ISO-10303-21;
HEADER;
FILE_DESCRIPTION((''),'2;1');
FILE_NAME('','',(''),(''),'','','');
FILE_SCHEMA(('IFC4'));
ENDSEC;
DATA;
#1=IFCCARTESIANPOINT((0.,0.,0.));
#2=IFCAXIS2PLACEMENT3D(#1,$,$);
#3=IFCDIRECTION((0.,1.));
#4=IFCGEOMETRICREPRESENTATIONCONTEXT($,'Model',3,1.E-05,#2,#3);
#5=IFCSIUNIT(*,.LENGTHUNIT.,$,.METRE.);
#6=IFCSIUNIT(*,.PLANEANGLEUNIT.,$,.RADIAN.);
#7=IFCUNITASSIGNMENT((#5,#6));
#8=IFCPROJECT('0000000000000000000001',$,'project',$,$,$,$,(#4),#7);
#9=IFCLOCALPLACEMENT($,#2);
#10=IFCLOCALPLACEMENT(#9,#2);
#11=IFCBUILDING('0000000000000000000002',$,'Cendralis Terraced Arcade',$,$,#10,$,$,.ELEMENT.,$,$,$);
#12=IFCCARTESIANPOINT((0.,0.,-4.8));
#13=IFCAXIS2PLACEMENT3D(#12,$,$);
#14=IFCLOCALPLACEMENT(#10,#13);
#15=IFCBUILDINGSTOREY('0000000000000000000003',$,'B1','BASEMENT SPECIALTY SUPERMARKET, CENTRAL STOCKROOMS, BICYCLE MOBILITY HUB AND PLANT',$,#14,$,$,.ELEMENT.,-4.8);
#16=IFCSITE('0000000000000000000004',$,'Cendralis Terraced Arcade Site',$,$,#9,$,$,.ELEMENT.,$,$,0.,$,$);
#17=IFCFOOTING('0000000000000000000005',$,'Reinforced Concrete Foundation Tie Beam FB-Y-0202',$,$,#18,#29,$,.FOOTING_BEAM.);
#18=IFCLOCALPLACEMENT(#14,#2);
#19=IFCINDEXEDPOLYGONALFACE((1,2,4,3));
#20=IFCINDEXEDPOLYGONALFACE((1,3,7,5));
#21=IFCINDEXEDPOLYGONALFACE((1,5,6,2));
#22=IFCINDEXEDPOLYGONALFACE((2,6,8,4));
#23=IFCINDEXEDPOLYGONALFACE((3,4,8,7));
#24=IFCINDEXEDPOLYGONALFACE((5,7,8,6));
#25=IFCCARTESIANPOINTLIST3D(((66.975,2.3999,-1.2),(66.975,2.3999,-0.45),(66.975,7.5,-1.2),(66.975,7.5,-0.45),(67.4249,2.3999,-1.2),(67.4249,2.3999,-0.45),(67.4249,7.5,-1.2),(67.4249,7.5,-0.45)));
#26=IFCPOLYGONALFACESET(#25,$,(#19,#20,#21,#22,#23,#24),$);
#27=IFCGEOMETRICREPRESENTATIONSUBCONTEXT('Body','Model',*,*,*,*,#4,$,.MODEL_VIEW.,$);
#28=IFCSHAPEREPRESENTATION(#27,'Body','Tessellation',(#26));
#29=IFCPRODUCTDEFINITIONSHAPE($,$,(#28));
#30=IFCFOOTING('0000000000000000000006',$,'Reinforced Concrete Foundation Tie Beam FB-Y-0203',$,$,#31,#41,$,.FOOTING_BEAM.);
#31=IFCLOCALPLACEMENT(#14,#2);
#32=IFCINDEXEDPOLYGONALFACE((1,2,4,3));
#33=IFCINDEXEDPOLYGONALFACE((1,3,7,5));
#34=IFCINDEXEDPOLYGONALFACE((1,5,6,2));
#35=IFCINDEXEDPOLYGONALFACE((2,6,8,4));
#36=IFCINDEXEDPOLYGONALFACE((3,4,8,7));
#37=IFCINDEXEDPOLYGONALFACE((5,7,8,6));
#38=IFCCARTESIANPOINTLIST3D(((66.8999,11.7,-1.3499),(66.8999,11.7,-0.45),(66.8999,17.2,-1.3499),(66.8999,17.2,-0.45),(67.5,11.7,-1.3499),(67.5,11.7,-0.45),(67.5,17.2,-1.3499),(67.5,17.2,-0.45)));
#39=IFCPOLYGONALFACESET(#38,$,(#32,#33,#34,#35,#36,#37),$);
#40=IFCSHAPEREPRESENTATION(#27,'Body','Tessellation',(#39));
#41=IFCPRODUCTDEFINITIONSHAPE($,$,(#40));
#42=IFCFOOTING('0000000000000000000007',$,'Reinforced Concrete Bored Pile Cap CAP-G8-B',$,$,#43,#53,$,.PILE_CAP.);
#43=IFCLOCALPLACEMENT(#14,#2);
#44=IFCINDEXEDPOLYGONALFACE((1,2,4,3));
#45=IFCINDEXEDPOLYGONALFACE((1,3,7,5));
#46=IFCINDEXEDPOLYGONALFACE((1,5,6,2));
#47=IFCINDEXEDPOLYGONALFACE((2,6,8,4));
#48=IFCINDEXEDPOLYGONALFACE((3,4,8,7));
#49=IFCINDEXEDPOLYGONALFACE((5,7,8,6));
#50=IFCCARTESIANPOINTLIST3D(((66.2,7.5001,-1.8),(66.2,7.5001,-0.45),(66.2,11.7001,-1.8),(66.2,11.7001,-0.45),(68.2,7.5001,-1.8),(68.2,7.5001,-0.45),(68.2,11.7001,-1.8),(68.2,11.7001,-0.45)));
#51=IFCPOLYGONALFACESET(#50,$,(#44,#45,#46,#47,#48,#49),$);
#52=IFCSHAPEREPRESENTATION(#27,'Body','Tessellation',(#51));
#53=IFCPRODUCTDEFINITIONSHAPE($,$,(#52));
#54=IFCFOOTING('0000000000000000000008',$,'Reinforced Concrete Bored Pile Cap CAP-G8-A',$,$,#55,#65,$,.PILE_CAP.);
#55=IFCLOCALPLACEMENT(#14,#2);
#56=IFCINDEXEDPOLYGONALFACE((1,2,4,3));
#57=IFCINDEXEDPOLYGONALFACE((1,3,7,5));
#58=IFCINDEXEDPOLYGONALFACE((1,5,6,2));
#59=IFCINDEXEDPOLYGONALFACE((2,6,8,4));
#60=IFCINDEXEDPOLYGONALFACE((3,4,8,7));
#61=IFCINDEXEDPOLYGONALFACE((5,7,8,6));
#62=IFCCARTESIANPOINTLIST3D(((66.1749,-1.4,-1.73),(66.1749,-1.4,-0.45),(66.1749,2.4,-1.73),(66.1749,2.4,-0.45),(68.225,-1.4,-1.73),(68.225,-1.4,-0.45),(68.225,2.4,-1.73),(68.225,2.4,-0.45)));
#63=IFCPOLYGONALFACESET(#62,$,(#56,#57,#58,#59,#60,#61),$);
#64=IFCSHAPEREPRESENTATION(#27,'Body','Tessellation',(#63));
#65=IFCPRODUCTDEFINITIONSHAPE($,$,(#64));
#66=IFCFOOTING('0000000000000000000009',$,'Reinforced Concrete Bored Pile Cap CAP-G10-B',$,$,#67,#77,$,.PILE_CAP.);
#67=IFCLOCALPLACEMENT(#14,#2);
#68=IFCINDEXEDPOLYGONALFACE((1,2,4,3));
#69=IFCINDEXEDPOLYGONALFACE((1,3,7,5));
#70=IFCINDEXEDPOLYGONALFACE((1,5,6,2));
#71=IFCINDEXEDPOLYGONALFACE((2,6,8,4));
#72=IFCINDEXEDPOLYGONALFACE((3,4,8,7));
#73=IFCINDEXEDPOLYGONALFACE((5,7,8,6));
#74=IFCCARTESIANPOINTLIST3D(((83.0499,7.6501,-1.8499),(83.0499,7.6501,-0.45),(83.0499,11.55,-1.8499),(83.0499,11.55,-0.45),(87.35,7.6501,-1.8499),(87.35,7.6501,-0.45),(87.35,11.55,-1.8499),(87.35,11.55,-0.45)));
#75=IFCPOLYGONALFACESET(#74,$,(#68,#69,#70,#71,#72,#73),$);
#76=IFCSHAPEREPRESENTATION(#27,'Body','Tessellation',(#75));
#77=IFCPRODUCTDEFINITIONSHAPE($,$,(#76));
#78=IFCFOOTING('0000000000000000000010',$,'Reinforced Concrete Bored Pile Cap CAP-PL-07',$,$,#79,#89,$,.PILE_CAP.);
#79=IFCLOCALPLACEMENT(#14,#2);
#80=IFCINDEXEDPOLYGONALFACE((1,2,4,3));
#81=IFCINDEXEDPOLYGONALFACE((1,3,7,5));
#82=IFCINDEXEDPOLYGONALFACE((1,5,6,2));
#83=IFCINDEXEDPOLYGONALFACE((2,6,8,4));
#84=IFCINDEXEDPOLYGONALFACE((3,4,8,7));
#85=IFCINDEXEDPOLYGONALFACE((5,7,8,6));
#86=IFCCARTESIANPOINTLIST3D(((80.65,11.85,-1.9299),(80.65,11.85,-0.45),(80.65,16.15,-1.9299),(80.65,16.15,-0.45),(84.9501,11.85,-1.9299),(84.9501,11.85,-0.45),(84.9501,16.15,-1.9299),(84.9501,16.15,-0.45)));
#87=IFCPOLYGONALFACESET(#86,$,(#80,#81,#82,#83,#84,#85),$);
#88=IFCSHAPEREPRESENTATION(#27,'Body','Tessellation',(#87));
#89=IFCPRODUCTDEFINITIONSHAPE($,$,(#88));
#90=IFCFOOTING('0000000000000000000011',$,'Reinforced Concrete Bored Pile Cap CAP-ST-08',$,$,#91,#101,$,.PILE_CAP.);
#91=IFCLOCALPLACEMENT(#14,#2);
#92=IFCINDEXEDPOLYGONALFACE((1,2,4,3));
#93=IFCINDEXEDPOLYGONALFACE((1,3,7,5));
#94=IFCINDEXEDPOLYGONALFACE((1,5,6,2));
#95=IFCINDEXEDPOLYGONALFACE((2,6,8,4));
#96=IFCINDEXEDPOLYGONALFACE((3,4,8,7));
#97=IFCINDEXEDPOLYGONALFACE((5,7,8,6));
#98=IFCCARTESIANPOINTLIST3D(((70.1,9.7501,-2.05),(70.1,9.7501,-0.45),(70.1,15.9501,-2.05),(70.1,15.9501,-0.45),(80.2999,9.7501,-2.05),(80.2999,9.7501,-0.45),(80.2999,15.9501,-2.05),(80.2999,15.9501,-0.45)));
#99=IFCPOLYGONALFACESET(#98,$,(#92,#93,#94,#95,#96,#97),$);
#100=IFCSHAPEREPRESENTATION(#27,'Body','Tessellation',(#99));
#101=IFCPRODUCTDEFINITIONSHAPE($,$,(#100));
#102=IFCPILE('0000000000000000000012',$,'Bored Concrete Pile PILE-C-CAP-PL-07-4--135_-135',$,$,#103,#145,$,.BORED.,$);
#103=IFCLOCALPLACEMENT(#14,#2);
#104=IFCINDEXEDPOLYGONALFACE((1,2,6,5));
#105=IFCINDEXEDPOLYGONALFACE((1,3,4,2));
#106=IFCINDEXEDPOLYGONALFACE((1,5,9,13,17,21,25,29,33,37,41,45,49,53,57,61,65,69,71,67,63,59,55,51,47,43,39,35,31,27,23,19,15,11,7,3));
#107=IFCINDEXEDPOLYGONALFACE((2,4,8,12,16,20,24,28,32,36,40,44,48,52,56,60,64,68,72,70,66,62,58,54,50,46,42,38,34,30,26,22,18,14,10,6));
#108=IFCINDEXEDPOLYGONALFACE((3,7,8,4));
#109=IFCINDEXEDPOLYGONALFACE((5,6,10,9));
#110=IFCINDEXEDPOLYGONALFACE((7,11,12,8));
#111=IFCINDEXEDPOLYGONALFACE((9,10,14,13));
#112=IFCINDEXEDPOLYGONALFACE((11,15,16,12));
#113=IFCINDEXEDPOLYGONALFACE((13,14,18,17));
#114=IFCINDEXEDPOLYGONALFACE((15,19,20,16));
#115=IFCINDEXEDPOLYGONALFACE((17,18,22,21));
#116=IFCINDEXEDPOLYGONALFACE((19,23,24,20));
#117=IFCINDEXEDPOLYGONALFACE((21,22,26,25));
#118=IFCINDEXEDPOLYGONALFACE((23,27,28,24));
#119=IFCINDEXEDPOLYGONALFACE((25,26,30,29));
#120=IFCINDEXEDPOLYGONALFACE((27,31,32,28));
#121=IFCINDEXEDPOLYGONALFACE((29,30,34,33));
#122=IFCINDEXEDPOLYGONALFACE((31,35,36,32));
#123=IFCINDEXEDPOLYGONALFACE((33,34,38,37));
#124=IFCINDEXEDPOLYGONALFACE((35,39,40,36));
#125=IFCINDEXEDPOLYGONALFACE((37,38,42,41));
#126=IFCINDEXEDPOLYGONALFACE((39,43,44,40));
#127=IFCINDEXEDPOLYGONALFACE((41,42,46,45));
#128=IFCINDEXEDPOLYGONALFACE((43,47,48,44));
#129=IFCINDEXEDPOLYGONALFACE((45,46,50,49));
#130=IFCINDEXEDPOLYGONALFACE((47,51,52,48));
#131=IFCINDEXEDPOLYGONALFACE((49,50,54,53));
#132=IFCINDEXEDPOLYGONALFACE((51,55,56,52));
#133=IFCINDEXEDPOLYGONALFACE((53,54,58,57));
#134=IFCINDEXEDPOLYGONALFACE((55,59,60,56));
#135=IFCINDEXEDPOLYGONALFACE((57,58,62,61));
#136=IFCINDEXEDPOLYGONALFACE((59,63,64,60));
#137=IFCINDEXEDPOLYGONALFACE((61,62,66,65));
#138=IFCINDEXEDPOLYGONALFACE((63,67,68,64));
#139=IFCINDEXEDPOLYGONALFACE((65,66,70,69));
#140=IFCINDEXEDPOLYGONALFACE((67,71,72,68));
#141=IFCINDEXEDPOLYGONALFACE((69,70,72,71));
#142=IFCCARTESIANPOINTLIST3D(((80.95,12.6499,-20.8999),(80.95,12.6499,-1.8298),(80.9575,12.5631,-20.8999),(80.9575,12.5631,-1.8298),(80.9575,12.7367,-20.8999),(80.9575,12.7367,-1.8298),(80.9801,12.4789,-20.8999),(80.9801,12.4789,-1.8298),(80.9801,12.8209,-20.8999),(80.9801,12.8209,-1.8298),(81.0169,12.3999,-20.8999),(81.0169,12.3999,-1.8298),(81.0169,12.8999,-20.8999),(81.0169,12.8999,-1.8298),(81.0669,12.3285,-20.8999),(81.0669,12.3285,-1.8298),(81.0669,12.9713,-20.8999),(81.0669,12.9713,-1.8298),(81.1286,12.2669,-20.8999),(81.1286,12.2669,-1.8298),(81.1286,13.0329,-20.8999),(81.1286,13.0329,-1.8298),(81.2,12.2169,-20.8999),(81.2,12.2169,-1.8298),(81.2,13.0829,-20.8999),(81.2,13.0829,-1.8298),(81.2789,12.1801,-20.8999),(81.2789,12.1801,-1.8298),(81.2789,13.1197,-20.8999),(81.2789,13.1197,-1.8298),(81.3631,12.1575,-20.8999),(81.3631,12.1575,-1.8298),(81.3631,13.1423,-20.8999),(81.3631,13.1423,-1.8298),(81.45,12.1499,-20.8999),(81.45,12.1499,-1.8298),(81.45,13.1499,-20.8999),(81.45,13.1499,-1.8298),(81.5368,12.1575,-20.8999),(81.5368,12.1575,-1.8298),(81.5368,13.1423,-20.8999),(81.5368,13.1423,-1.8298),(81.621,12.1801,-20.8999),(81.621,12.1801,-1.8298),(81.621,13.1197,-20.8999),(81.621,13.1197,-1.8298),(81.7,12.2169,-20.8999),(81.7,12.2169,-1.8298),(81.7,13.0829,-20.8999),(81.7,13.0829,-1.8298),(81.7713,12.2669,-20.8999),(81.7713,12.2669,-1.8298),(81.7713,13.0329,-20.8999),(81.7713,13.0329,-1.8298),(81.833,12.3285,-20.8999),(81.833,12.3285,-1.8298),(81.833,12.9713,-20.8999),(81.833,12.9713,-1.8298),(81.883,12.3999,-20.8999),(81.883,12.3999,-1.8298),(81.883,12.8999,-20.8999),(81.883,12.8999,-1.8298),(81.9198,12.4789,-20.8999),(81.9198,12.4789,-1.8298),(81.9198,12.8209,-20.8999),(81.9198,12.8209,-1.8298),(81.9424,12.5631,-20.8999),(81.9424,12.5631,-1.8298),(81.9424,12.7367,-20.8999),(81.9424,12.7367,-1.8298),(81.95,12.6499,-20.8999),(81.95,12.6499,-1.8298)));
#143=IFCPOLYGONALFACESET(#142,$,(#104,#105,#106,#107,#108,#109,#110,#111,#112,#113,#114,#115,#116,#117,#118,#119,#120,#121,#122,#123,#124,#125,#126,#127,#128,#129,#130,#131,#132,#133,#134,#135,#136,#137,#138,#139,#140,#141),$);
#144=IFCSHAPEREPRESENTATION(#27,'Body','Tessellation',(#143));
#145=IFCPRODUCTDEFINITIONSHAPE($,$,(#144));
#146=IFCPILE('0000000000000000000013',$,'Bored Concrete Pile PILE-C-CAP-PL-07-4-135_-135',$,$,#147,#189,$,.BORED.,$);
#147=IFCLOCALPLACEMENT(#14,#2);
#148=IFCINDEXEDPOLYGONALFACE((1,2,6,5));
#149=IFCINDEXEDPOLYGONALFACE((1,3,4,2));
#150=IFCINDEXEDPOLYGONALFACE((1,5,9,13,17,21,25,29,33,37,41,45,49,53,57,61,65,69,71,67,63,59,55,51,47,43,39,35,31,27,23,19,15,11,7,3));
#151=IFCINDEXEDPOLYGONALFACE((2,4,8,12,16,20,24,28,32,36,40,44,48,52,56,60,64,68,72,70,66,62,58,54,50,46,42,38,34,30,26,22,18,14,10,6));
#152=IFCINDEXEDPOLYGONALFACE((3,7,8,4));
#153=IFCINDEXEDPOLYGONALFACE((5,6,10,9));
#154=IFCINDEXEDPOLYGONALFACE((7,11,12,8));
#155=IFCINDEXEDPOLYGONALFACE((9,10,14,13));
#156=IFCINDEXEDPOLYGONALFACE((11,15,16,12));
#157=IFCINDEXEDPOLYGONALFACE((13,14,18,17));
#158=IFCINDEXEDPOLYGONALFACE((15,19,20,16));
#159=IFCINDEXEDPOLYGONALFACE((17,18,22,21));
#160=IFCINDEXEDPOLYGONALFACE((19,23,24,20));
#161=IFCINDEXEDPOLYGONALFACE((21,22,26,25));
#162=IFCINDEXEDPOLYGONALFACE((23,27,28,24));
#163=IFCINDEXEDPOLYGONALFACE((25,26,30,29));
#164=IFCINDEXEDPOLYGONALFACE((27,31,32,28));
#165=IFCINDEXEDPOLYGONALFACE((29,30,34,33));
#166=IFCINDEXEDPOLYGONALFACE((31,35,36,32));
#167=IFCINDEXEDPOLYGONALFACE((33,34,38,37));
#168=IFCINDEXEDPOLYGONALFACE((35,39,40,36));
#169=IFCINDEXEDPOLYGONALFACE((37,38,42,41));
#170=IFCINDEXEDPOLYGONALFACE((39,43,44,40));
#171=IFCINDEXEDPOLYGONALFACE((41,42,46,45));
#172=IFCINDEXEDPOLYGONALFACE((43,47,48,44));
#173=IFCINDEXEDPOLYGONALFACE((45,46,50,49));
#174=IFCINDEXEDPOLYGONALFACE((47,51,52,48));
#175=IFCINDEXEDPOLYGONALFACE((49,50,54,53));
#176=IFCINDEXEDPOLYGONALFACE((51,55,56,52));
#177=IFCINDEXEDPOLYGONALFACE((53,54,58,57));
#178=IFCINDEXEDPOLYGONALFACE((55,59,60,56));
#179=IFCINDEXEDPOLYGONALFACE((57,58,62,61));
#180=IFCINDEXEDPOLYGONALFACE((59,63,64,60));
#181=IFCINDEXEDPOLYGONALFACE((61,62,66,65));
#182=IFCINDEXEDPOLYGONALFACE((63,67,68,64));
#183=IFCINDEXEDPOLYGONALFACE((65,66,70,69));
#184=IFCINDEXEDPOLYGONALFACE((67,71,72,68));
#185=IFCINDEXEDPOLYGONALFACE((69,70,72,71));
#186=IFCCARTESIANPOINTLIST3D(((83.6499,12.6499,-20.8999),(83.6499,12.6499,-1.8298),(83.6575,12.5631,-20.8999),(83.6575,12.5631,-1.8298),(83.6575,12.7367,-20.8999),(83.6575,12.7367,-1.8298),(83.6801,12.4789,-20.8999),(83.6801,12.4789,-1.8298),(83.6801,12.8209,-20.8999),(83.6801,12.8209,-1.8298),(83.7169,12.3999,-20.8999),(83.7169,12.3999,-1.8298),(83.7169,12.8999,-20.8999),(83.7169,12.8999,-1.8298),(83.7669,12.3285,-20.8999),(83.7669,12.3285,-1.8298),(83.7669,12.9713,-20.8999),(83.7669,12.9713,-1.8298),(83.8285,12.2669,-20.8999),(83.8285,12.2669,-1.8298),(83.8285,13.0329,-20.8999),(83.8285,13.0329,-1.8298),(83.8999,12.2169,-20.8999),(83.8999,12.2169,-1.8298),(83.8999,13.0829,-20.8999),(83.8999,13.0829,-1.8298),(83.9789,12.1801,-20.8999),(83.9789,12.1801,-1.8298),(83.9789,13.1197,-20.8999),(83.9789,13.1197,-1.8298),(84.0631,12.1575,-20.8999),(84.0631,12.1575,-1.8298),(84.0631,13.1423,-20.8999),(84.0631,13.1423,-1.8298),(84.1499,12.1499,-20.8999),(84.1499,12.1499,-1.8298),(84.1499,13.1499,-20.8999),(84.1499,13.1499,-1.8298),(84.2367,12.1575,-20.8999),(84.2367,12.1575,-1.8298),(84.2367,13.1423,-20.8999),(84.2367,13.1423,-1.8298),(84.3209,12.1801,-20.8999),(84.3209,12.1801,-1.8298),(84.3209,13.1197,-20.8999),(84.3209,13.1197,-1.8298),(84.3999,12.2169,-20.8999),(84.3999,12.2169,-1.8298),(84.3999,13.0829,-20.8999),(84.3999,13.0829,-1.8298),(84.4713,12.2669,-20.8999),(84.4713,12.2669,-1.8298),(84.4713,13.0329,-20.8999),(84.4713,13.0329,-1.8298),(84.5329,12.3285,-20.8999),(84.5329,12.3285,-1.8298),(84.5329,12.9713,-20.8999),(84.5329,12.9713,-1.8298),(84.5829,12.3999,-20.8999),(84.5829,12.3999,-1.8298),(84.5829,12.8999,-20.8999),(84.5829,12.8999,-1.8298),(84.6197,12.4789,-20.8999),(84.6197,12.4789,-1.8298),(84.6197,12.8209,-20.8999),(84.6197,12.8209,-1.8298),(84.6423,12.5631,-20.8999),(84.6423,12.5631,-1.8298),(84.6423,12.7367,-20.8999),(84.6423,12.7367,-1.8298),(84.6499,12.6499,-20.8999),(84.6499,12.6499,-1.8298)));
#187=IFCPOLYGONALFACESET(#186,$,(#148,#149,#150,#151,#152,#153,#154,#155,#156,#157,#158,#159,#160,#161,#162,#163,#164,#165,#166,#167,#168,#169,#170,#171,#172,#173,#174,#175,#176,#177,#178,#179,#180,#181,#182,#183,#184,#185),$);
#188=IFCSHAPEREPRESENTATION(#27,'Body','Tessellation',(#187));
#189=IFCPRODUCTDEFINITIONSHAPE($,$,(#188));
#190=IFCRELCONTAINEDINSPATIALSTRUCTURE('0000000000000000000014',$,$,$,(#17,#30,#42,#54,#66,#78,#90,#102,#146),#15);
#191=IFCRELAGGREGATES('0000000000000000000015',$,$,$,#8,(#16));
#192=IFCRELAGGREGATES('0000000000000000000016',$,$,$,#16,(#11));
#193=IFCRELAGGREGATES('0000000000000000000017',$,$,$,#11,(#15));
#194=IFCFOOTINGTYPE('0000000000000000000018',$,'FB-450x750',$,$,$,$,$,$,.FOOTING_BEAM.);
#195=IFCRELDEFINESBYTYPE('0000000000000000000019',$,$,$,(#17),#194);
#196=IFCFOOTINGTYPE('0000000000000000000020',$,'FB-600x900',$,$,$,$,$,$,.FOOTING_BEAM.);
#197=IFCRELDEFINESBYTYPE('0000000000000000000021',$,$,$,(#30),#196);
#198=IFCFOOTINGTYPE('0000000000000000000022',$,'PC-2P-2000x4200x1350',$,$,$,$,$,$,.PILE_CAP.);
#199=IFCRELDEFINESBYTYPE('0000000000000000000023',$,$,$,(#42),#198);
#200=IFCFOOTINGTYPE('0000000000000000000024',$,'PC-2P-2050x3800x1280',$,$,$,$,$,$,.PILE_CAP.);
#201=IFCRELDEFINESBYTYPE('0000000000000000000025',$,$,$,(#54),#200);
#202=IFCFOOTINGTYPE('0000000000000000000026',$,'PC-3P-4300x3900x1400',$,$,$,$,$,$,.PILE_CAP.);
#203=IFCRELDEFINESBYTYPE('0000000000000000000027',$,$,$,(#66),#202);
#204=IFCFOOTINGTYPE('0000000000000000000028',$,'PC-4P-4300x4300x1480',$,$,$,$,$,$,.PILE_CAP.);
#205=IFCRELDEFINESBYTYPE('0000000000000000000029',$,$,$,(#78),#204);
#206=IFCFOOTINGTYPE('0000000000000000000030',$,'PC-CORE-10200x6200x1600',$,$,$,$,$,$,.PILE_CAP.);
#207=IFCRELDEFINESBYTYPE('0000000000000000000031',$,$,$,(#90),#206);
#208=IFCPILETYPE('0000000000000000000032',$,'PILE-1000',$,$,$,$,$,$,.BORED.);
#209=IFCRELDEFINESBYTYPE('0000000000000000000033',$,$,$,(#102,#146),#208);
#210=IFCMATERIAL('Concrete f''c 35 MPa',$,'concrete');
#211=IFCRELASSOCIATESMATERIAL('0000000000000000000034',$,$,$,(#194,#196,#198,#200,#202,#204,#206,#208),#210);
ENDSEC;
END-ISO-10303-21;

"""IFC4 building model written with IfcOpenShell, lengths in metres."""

from ifc_helpers import new_model, si_unit, direction, frame, origin, origin_2d, place, context, subcontext, project, spatial, rectangle, circle, extrude, material, material_profile, profile_set, type_object, element, save


model = new_model("IFC4")

# Units and contexts
model_context = context("Model", 3, precision=1e-05, world=origin(), true_north=direction((0.0, 1.0)))
body_context = subcontext(model_context, "Body", "Model", "MODEL_VIEW")
ifc_project = project(units=[si_unit("LENGTHUNIT", "METRE"), si_unit("PLANEANGLEUNIT", "RADIAN")], contexts=[model_context])

# Site, building, storey
site_placement = place(None, origin())
site = spatial("IfcSite", under=ifc_project, at=site_placement, Name="Cendralis Terraced Arcade Site", CompositionType="ELEMENT", RefElevation=0.0)
building_placement = place(site_placement, origin())
building = spatial("IfcBuilding", under=site, at=building_placement, Name="Cendralis Terraced Arcade", CompositionType="ELEMENT")
storey_placement = place(building_placement, frame((0.0, 0.0, -4.8)))
storey = spatial("IfcBuildingStorey", under=building, at=storey_placement, Name="B1", Description="BASEMENT SPECIALTY SUPERMARKET, CENTRAL STOCKROOMS, BICYCLE MOBILITY HUB AND PLANT", CompositionType="ELEMENT", Elevation=-4.8)

# Footings
ifc_material_1 = material(Name="Concrete f'c 35 MPa", Category="concrete")
ifc_material_profile_1 = material_profile(ifc_material_1, rectangle(XDim=0.45, YDim=0.75, at=origin_2d()), Name="FB-450x750", Category="LoadBearing")
ifc_profile_set_1 = profile_set([ifc_material_profile_1], Name="Concrete f'c 35 MPa")
footing_type_1 = type_object("IfcFootingType", Name="FB-450x750", PredefinedType="FOOTING_BEAM", material=ifc_profile_set_1)
footing_1_placement = place(storey_placement, frame((67.2, 2.3999, -0.825), z_axis=(0.0, 1.0, 0.0), x_axis=(-1.0, 0.0, 0.0)))
element("IfcFooting", 1, at=footing_1_placement, inside=storey, type_object=footing_type_1, Name="Reinforced Concrete Foundation Tie Beam FB-Y-0202", PredefinedType="FOOTING_BEAM", context=body_context, shape_type="SweptSolid", body=[
    extrude(rectangle(XDim=0.45, YDim=0.75, at=origin_2d()), origin(), (0.0, 0.0, 1.0), 5.1001),
])
ifc_material_profile_2 = material_profile(ifc_material_1, rectangle(XDim=0.6001, YDim=0.8999, at=origin_2d()), Name="FB-600x900", Category="LoadBearing")
ifc_profile_set_2 = profile_set([ifc_material_profile_2], Name="Concrete f'c 35 MPa")
footing_type_2 = type_object("IfcFootingType", Name="FB-600x900", PredefinedType="FOOTING_BEAM", material=ifc_profile_set_2)
footing_2_placement = place(storey_placement, frame((67.2, 11.7, -0.8999), z_axis=(0.0, 1.0, 0.0), x_axis=(-1.0, 0.0, 0.0)))
element("IfcFooting", 2, at=footing_2_placement, inside=storey, type_object=footing_type_2, Name="Reinforced Concrete Foundation Tie Beam FB-Y-0203", PredefinedType="FOOTING_BEAM", context=body_context, shape_type="SweptSolid", body=[
    extrude(rectangle(XDim=0.6001, YDim=0.8999, at=origin_2d()), origin(), (0.0, 0.0, 1.0), 5.5),
])
footing_type_3 = type_object("IfcFootingType", Name="PC-2P-2000x4200x1350", PredefinedType="PILE_CAP", material=ifc_material_1)
footing_3_placement = place(storey_placement, frame((67.2, 9.6001, -1.8), z_axis=(0.0, 0.0, 1.0), x_axis=(1.0, 0.0, 0.0)))
element("IfcFooting", 3, at=footing_3_placement, inside=storey, type_object=footing_type_3, Name="Reinforced Concrete Bored Pile Cap CAP-G8-B", PredefinedType="PILE_CAP", context=body_context, shape_type="SweptSolid", body=[
    extrude(rectangle(XDim=2.0, YDim=4.2, at=origin_2d()), origin(), (0.0, 0.0, 1.0), 1.3501),
])
footing_type_4 = type_object("IfcFootingType", Name="PC-2P-2050x3800x1280", PredefinedType="PILE_CAP", material=ifc_material_1)
footing_4_placement = place(storey_placement, frame((67.2, 0.5, -1.73), z_axis=(0.0, 0.0, 1.0), x_axis=(1.0, 0.0, 0.0)))
element("IfcFooting", 4, at=footing_4_placement, inside=storey, type_object=footing_type_4, Name="Reinforced Concrete Bored Pile Cap CAP-G8-A", PredefinedType="PILE_CAP", context=body_context, shape_type="SweptSolid", body=[
    extrude(rectangle(XDim=2.05, YDim=3.8, at=origin_2d()), origin(), (0.0, 0.0, 1.0), 1.28),
])
footing_type_5 = type_object("IfcFootingType", Name="PC-3P-4300x3900x1400", PredefinedType="PILE_CAP", material=ifc_material_1)
footing_5_placement = place(storey_placement, frame((85.2, 9.6001, -1.8499), z_axis=(0.0, 0.0, 1.0), x_axis=(1.0, 0.0, 0.0)))
element("IfcFooting", 5, at=footing_5_placement, inside=storey, type_object=footing_type_5, Name="Reinforced Concrete Bored Pile Cap CAP-G10-B", PredefinedType="PILE_CAP", context=body_context, shape_type="SweptSolid", body=[
    extrude(rectangle(XDim=4.3, YDim=3.8999, at=origin_2d()), origin(), (0.0, 0.0, 1.0), 1.3999),
])
footing_type_6 = type_object("IfcFootingType", Name="PC-4P-4300x4300x1480", PredefinedType="PILE_CAP", material=ifc_material_1)
footing_6_placement = place(storey_placement, frame((82.8, 14.0, -1.9299), z_axis=(0.0, 0.0, 1.0), x_axis=(1.0, 0.0, 0.0)))
element("IfcFooting", 6, at=footing_6_placement, inside=storey, type_object=footing_type_6, Name="Reinforced Concrete Bored Pile Cap CAP-PL-07", PredefinedType="PILE_CAP", context=body_context, shape_type="SweptSolid", body=[
    extrude(rectangle(XDim=4.3, YDim=4.3, at=origin_2d()), origin(), (0.0, 0.0, 1.0), 1.48),
])
footing_type_7 = type_object("IfcFootingType", Name="PC-CORE-10200x6200x1600", PredefinedType="PILE_CAP", material=ifc_material_1)
footing_7_placement = place(storey_placement, frame((75.2, 12.8501, -2.05), z_axis=(0.0, 0.0, 1.0), x_axis=(1.0, 0.0, 0.0)))
element("IfcFooting", 7, at=footing_7_placement, inside=storey, type_object=footing_type_7, Name="Reinforced Concrete Bored Pile Cap CAP-ST-08", PredefinedType="PILE_CAP", context=body_context, shape_type="SweptSolid", body=[
    extrude(rectangle(XDim=10.2, YDim=6.2, at=origin_2d()), origin(), (0.0, 0.0, 1.0), 1.6001),
])

# Piles
ifc_material_profile_3 = material_profile(ifc_material_1, circle(Radius=0.5, at=origin_2d()), Name="PILE-D1000", Category="LoadBearing")
ifc_profile_set_3 = profile_set([ifc_material_profile_3], Name="Concrete f'c 35 MPa")
pile_type_1 = type_object("IfcPileType", Name="PILE-1000", PredefinedType="BORED", material=ifc_profile_set_3)
for number, where, z_axis, x_axis, name in (
    (8, (81.45, 12.6499, -1.8298), (0.0, 0.0, -1.0), (1.0, 0.0, 0.0), "Bored Concrete Pile PILE-C-CAP-PL-07-4--135_-135"),
    (9, (84.1499, 12.6499, -1.8298), (0.0, 0.0, -1.0), (1.0, 0.0, 0.0), "Bored Concrete Pile PILE-C-CAP-PL-07-4-135_-135"),
):
    element("IfcPile", number, at=place(storey_placement, frame(where, z_axis=z_axis, x_axis=x_axis)), inside=storey, type_object=pile_type_1, Name=name, PredefinedType="BORED", context=body_context, shape_type="SweptSolid", body=[
        extrude(circle(Radius=0.5, at=origin_2d()), origin(), (0.0, 0.0, 1.0), 19.0701),
    ])

save(model, "model.ifc")
